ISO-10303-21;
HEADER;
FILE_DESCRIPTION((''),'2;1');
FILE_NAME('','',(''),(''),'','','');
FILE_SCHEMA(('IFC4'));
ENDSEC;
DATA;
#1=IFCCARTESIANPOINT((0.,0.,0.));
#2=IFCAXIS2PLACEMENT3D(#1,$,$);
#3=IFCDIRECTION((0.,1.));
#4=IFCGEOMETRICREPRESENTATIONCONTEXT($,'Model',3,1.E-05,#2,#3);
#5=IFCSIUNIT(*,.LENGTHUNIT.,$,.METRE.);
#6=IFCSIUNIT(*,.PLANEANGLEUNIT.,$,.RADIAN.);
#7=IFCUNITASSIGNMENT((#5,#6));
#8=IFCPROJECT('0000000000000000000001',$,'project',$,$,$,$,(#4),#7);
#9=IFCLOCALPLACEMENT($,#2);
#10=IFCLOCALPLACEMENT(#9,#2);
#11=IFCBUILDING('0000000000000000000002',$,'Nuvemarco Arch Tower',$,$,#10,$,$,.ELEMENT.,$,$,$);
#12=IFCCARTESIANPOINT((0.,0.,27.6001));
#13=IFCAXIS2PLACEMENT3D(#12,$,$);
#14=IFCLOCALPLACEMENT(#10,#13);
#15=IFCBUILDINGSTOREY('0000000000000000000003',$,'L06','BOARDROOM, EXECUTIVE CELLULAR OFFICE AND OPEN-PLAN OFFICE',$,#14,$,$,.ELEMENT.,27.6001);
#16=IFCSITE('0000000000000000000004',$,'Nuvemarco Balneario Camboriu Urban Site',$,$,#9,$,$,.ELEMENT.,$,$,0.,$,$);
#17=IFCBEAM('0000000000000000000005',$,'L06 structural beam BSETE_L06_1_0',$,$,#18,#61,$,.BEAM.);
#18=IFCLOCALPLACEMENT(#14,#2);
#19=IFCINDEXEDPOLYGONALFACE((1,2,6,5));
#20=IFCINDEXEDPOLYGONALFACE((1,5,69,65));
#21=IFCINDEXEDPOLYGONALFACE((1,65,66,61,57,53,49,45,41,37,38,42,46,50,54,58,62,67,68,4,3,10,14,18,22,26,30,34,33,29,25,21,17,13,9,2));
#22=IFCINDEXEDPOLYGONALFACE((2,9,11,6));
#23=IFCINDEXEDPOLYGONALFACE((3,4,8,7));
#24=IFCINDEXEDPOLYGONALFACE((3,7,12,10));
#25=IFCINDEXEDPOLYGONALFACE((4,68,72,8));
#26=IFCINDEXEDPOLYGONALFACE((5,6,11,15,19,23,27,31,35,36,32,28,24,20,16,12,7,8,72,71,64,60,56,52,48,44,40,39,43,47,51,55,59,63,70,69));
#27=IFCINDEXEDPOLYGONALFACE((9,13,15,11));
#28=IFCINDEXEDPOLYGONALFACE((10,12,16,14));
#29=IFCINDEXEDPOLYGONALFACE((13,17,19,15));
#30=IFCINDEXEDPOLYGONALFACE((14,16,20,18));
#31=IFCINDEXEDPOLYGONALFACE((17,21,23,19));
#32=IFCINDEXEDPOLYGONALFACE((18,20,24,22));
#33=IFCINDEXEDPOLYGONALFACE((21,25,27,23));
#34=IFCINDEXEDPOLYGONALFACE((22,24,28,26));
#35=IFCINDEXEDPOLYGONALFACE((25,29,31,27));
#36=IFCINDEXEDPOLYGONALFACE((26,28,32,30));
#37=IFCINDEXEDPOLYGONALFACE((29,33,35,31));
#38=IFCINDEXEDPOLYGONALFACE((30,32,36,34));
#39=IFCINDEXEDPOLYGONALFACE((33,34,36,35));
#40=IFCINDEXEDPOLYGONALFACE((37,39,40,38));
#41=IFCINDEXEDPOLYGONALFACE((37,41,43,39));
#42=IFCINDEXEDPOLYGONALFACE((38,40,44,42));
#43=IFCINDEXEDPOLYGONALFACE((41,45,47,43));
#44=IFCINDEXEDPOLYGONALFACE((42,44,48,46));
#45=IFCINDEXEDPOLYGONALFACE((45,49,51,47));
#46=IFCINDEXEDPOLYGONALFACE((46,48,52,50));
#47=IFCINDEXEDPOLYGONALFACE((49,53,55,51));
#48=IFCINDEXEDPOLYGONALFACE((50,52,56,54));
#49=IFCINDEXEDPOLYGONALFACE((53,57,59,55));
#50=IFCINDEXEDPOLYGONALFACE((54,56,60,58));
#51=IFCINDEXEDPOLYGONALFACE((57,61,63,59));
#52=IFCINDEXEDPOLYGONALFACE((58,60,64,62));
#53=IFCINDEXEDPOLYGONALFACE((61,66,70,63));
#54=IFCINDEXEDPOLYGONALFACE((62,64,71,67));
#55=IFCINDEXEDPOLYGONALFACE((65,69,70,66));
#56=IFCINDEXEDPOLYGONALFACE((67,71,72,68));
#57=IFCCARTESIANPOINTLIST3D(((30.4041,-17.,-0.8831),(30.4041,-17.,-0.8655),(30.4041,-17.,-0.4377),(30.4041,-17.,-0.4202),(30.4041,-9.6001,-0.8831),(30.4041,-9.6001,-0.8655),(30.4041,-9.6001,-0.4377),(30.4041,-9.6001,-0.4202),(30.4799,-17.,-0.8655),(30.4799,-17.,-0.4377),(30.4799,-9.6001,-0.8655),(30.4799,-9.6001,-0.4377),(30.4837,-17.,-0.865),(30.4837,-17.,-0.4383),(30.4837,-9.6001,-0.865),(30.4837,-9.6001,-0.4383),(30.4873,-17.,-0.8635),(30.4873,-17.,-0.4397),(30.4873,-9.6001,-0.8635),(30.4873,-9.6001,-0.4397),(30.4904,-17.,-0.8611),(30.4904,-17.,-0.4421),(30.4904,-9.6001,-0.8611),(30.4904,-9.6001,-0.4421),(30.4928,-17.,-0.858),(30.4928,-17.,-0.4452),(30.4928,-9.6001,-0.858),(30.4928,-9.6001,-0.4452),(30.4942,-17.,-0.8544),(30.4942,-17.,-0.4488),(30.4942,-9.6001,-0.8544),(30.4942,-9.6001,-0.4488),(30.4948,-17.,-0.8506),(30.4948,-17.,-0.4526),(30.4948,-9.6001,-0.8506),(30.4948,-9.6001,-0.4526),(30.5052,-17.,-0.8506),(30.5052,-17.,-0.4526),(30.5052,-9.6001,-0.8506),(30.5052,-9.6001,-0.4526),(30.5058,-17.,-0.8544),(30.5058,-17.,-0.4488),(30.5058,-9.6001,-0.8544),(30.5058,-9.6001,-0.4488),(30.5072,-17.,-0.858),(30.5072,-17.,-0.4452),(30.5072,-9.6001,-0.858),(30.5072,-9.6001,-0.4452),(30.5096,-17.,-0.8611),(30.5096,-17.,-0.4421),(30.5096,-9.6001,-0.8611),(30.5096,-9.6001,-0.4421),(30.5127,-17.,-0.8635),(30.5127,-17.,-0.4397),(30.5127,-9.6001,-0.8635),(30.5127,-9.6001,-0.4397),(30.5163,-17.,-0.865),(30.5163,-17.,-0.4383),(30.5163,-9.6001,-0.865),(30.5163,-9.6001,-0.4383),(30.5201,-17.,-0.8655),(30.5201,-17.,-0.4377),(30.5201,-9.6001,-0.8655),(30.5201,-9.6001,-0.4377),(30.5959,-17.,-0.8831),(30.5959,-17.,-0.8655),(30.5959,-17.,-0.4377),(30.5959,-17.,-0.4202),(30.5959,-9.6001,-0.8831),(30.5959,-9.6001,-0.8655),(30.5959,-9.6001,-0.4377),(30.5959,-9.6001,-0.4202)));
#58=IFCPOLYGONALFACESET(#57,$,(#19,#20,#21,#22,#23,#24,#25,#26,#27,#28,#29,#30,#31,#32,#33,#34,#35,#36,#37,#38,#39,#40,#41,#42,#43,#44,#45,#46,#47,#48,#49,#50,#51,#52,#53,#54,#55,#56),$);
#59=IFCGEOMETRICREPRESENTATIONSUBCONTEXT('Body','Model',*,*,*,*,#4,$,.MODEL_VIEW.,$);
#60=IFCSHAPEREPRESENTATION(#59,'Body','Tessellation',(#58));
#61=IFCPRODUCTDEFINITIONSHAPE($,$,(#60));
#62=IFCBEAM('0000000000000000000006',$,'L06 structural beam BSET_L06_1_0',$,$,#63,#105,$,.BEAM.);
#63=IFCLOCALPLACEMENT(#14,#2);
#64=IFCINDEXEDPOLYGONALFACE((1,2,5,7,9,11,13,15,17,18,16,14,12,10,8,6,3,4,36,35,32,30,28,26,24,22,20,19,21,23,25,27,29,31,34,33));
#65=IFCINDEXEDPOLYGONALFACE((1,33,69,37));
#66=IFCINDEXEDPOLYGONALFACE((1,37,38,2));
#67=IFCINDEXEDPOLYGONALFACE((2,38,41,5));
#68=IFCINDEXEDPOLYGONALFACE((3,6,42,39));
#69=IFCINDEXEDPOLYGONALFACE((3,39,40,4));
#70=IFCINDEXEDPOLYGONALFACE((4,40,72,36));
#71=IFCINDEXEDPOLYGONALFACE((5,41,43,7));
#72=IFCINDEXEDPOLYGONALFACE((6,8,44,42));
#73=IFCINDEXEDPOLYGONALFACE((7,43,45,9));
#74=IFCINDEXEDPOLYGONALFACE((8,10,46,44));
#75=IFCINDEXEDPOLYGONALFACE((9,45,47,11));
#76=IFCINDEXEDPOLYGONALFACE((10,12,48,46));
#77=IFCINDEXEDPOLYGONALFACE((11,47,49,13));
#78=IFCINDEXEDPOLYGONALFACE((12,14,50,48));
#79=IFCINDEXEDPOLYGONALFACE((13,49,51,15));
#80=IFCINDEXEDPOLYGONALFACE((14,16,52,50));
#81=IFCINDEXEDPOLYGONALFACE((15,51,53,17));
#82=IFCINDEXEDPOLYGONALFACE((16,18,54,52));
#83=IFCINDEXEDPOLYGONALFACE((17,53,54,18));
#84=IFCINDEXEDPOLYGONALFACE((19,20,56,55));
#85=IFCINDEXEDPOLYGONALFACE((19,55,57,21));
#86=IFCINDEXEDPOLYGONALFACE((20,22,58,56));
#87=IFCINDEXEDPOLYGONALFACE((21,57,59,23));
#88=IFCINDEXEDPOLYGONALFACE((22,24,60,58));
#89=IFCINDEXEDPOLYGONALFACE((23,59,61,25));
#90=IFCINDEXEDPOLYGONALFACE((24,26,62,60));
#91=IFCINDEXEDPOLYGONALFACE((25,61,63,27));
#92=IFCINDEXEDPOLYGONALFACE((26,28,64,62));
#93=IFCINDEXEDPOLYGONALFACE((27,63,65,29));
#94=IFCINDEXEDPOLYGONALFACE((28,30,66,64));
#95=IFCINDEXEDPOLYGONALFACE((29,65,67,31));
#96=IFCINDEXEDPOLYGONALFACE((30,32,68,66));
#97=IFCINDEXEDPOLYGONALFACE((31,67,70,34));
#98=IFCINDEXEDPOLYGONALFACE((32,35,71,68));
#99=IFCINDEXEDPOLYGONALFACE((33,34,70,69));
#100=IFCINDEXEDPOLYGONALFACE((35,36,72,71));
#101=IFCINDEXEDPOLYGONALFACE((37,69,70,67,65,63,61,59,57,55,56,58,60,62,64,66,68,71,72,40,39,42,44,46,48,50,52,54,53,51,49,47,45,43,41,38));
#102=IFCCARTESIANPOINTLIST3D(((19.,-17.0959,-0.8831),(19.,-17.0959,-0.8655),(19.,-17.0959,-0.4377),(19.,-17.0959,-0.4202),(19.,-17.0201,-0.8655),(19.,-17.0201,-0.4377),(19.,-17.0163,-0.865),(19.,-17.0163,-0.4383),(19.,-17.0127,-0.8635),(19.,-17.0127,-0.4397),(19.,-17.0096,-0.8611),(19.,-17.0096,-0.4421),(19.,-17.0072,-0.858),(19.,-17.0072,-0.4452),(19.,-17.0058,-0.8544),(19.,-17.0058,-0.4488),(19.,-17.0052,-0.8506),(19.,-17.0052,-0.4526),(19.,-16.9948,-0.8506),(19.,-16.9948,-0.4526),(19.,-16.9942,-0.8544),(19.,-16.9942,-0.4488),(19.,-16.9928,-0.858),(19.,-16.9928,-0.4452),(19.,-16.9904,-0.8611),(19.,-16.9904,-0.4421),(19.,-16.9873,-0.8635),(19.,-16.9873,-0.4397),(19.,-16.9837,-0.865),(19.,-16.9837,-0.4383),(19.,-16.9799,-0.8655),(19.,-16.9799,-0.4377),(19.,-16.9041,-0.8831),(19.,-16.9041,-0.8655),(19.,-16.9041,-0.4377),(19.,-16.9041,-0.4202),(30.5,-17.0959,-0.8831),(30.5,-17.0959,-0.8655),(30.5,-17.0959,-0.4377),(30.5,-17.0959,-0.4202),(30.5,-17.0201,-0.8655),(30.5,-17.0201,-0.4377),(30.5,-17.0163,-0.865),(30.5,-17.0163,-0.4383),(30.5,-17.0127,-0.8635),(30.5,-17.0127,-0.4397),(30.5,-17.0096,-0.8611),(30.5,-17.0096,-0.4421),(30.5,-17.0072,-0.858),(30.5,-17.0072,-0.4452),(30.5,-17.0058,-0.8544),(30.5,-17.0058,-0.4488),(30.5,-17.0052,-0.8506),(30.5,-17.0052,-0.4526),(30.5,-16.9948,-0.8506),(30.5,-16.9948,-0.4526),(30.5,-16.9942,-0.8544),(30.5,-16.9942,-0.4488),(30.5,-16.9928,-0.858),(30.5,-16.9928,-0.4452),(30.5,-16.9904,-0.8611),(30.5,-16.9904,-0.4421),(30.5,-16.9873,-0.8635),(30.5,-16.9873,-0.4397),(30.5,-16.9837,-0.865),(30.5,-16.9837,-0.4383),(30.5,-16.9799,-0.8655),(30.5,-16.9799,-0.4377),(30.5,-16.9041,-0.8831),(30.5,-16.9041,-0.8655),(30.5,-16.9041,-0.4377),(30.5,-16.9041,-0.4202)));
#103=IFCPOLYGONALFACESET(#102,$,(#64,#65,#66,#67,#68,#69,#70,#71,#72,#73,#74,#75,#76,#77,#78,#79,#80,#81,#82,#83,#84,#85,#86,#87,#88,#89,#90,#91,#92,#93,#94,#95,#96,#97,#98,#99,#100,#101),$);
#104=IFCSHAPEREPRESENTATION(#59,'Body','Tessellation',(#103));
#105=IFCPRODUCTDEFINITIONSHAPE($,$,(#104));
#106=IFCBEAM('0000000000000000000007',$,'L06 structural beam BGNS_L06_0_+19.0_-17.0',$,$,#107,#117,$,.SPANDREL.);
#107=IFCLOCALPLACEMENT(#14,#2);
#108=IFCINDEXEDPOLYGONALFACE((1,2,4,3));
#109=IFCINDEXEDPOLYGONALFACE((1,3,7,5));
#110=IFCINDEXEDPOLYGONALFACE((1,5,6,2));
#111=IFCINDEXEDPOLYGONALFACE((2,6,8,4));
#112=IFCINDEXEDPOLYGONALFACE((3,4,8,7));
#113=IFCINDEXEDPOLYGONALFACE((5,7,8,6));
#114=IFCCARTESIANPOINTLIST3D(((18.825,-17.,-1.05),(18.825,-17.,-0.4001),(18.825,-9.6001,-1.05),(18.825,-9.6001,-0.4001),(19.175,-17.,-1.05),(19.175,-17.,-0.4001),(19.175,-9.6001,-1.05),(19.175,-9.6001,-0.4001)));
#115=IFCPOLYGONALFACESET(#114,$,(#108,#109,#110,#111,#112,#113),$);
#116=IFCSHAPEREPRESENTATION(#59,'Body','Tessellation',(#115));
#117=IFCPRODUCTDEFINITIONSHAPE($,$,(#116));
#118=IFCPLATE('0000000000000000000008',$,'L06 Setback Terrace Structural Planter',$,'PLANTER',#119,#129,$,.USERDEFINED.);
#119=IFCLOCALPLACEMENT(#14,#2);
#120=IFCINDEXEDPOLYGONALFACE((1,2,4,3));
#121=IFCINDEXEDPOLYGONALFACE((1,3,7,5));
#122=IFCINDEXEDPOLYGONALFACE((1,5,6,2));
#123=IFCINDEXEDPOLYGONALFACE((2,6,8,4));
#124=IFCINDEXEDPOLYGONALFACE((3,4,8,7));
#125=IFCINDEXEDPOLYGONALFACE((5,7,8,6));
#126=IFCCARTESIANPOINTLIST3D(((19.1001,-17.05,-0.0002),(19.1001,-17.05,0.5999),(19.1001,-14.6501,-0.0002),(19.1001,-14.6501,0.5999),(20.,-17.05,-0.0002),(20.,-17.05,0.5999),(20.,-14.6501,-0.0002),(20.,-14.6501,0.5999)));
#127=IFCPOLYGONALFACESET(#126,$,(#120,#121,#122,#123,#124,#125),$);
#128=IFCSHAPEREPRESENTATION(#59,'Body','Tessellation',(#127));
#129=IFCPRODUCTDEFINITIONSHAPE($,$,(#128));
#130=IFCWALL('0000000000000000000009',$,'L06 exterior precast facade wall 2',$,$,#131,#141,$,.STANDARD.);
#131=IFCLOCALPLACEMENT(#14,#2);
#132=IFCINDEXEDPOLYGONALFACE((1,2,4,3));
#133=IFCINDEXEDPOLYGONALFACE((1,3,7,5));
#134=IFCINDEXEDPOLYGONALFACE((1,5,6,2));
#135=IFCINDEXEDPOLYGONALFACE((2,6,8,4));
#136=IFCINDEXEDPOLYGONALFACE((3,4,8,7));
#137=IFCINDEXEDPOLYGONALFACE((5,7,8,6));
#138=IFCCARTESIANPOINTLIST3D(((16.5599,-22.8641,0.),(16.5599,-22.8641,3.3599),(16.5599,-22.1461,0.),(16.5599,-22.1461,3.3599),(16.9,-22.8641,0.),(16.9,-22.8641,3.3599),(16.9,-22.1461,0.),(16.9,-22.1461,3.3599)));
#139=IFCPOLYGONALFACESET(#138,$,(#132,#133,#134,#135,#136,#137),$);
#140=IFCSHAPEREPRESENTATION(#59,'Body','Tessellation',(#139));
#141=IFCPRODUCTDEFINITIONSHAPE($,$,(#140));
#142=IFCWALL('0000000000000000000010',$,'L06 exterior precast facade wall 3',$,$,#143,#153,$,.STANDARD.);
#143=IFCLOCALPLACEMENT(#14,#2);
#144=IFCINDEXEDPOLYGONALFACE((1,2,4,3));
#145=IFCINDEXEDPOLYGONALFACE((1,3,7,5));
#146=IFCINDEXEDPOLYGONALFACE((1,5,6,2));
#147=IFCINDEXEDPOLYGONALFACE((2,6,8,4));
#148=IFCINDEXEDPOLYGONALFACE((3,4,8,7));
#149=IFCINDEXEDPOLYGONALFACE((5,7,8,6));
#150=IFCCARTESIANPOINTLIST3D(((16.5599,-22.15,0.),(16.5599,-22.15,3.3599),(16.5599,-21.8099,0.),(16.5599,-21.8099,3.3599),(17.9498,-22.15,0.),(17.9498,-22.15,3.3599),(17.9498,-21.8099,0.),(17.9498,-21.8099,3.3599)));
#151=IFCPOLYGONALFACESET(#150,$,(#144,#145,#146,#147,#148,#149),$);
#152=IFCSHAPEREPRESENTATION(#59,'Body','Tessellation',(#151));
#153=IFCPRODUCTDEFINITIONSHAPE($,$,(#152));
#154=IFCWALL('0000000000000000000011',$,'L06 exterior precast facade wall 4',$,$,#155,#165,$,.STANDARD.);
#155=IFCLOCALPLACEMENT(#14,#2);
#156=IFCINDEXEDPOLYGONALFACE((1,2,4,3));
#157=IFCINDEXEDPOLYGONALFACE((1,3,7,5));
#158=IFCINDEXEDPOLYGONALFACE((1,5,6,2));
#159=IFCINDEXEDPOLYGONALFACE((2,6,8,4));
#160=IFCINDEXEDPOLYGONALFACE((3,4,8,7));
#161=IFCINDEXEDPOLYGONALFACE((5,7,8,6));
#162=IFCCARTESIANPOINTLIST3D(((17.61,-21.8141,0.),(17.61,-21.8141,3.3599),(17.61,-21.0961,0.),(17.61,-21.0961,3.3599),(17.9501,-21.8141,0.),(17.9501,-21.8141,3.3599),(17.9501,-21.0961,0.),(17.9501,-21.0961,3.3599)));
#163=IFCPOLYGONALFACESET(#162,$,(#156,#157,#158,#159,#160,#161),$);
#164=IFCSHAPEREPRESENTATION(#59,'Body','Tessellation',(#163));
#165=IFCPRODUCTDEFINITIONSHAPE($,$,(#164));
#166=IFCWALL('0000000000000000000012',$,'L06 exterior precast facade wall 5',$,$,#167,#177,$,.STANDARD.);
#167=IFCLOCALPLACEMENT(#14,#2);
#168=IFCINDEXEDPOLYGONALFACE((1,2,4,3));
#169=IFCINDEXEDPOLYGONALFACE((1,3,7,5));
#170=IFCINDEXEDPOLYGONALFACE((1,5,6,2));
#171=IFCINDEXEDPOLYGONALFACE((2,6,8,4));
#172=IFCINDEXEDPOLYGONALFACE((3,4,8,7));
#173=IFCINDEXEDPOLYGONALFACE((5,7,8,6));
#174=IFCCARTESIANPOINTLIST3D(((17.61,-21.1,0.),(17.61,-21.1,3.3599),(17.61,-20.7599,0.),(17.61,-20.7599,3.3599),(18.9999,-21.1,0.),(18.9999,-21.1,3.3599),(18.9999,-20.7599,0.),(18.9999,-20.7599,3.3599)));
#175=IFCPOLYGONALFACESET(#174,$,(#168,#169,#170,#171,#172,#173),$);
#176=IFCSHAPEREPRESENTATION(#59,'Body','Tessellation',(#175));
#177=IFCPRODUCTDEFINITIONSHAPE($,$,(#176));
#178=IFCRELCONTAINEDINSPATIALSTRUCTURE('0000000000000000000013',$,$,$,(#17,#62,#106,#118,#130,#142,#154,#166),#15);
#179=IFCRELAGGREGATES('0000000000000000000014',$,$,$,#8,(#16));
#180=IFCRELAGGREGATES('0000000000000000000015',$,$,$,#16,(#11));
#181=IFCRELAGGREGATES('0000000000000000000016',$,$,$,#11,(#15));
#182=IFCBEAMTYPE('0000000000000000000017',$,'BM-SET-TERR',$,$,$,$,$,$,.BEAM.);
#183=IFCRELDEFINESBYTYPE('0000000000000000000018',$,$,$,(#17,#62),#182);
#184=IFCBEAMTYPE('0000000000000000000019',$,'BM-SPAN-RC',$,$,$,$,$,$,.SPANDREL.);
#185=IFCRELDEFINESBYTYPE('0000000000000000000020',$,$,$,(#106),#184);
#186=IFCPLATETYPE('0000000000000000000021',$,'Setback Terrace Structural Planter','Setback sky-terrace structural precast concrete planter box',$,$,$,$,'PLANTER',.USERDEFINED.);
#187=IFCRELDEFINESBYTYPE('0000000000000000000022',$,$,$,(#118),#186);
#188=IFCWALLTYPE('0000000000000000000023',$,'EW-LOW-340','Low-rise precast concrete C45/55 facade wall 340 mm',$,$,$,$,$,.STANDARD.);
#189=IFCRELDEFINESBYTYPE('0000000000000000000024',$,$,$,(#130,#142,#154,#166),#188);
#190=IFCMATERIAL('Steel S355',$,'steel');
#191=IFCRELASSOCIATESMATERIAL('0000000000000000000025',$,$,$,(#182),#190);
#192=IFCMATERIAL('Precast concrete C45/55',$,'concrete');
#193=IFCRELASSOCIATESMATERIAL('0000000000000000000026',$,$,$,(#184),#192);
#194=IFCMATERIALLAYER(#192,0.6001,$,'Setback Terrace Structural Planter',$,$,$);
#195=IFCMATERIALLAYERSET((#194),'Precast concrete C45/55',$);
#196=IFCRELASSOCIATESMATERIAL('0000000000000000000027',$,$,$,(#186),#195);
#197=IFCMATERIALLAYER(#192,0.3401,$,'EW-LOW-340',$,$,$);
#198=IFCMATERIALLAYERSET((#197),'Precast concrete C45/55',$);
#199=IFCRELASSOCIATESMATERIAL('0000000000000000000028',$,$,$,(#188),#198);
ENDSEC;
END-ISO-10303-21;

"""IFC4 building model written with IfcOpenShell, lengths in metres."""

from ifc_helpers import new_model, si_unit, direction, frame, frame_2d, origin, origin_2d, place, context, subcontext, project, spatial, rectangle, i_section, extrude, source, transform, mapped, material, layer, layer_set, material_profile, profile_set, type_object, type_shapes, element, save


model = new_model("IFC4")

# Units and contexts
model_context = context("Model", 3, precision=1e-05, world=origin(), true_north=direction((0.0, 1.0)))
body_context = subcontext(model_context, "Body", "Model", "MODEL_VIEW")
ifc_project = project(units=[si_unit("LENGTHUNIT", "METRE"), si_unit("PLANEANGLEUNIT", "RADIAN")], contexts=[model_context])

# Site, building, storey
site_placement = place(None, origin())
site = spatial("IfcSite", under=ifc_project, at=site_placement, Name="Nuvemarco Balneario Camboriu Urban Site", CompositionType="ELEMENT", RefElevation=0.0)
building_placement = place(site_placement, origin())
building = spatial("IfcBuilding", under=site, at=building_placement, Name="Nuvemarco Arch Tower", CompositionType="ELEMENT")
storey_placement = place(building_placement, frame((0.0, 0.0, 27.6001)))
storey = spatial("IfcBuildingStorey", under=building, at=storey_placement, Name="L06", Description="BOARDROOM, EXECUTIVE CELLULAR OFFICE AND OPEN-PLAN OFFICE", CompositionType="ELEMENT", Elevation=27.6001)

# Shared definitions
ifc_material_1 = material(Name="Steel S355", Category="steel")

# Beams
ifc_material_profile_1 = material_profile(ifc_material_1, i_section(OverallWidth=0.1919, OverallDepth=0.4629, WebThickness=0.0105, FlangeThickness=0.0176, FilletRadius=0.0149, at=origin_2d()), Name="W460x89")
ifc_profile_set_1 = profile_set([ifc_material_profile_1], Name="Steel S355")
beam_type_1 = type_object("IfcBeamType", Name="BM-SET-TERR", PredefinedType="BEAM", material=ifc_profile_set_1)
beam_1_placement = place(storey_placement, frame((30.5, -17.0, -0.6516), z_axis=(0.0, 1.0, 0.0), x_axis=(-1.0, 0.0, 0.0)))
element("IfcBeam", 1, at=beam_1_placement, inside=storey, type_object=beam_type_1, Name="L06 structural beam BSETE_L06_1_0", PredefinedType="BEAM", context=body_context, shape_type="SweptSolid", body=[
    extrude(i_section(OverallWidth=0.1919, OverallDepth=0.4629, WebThickness=0.0105, FlangeThickness=0.0176, FilletRadius=0.0149, at=origin_2d()), origin(), (0.0, 0.0, 1.0), 7.3999),
])
beam_2_placement = place(storey_placement, frame((19.0, -17.0, -0.6516), z_axis=(1.0, 0.0, 0.0), x_axis=(0.0, 1.0, 0.0)))
element("IfcBeam", 2, at=beam_2_placement, inside=storey, type_object=beam_type_1, Name="L06 structural beam BSET_L06_1_0", PredefinedType="BEAM", context=body_context, shape_type="SweptSolid", body=[
    extrude(i_section(OverallWidth=0.1919, OverallDepth=0.4629, WebThickness=0.0105, FlangeThickness=0.0176, FilletRadius=0.0149, at=origin_2d()), origin(), (0.0, 0.0, 1.0), 11.5),
])
ifc_material_2 = material(Name="Precast concrete C45/55", Category="concrete")
ifc_material_profile_2 = material_profile(ifc_material_2, rectangle(XDim=0.3501, YDim=0.6499, at=origin_2d()), Name="PC-SP-350x650")
ifc_profile_set_2 = profile_set([ifc_material_profile_2], Name="Precast concrete C45/55")
beam_type_2 = type_object("IfcBeamType", Name="BM-SPAN-RC", PredefinedType="SPANDREL", material=ifc_profile_set_2)
beam_3_placement = place(storey_placement, frame((19.0, -17.0, -0.7251), z_axis=(0.0, 1.0, 0.0), x_axis=(-1.0, 0.0, 0.0)))
element("IfcBeam", 3, at=beam_3_placement, inside=storey, type_object=beam_type_2, Name="L06 structural beam BGNS_L06_0_+19.0_-17.0", PredefinedType="SPANDREL", context=body_context, shape_type="SweptSolid", body=[
    extrude(rectangle(XDim=0.3501, YDim=0.6499, at=origin_2d()), origin(), (0.0, 0.0, 1.0), 7.3999),
])

# Plate
ifc_layer_1 = layer(ifc_material_2, 0.6001, Name="Setback Terrace Structural Planter")
ifc_layer_set_1 = layer_set([ifc_layer_1], Name="Precast concrete C45/55")
plate_type = type_object("IfcPlateType", Name="Setback Terrace Structural Planter", Description="Setback sky-terrace structural precast concrete planter box", ElementType="PLANTER", PredefinedType="USERDEFINED", material=ifc_layer_set_1)
shared_shape_1 = source(origin(), body_context, "Body", "SweptSolid", [
    extrude(rectangle(XDim=2.3999, YDim=0.8999, at=origin_2d()), origin(), (0.0, 0.0, 1.0), 0.6001),
])
type_shapes(plate_type, [shared_shape_1])
plate_placement = place(storey_placement, frame((19.55, -15.8501, -0.0002), z_axis=(0.0, 0.0, 1.0), x_axis=(0.0, 1.0, 0.0)))
element("IfcPlate", 4, at=plate_placement, inside=storey, type_object=plate_type, Name="L06 Setback Terrace Structural Planter", ObjectType="PLANTER", PredefinedType="USERDEFINED", context=body_context, shape_type="MappedRepresentation", body=[
    mapped(shared_shape_1, transform((0.0, 0.0, 0.0), scale=1.0)),
])

# Walls
ifc_layer_2 = layer(ifc_material_2, 0.3401, Name="EW-LOW-340")
ifc_layer_set_2 = layer_set([ifc_layer_2], Name="Precast concrete C45/55")
wall_type_1 = type_object("IfcWallType", Name="EW-LOW-340", Description="Low-rise precast concrete C45/55 facade wall 340 mm", PredefinedType="STANDARD", material=ifc_layer_set_2)
wall_1_placement = place(storey_placement, frame((16.73, -22.864, 0.0), z_axis=(0.0, 0.0, 1.0), x_axis=(0.0, 1.0, 0.0)))
element("IfcWall", 5, at=wall_1_placement, inside=storey, type_object=wall_type_1, Name="L06 exterior precast facade wall 2", PredefinedType="STANDARD", context=body_context, shape_type="SweptSolid", body=[
    extrude(rectangle(XDim=0.718, YDim=0.3401, at=frame_2d((0.3589, 0.0))), origin(), (0.0, 0.0, 1.0), 3.3599),
])
wall_2_placement = place(storey_placement, frame((16.5601, -21.98, 0.0), z_axis=(0.0, 0.0, 1.0), x_axis=(1.0, 0.0, 0.0)))
element("IfcWall", 6, at=wall_2_placement, inside=storey, type_object=wall_type_1, Name="L06 exterior precast facade wall 3", PredefinedType="STANDARD", context=body_context, shape_type="SweptSolid", body=[
    extrude(rectangle(XDim=1.3899, YDim=0.3401, at=frame_2d((0.6948, 0.0))), origin(), (0.0, 0.0, 1.0), 3.3599),
])
wall_3_placement = place(storey_placement, frame((17.78, -21.814, 0.0), z_axis=(0.0, 0.0, 1.0), x_axis=(0.0, 1.0, 0.0)))
element("IfcWall", 7, at=wall_3_placement, inside=storey, type_object=wall_type_1, Name="L06 exterior precast facade wall 4", PredefinedType="STANDARD", context=body_context, shape_type="SweptSolid", body=[
    extrude(rectangle(XDim=0.718, YDim=0.3401, at=frame_2d((0.3589, 0.0))), origin(), (0.0, 0.0, 1.0), 3.3599),
])
wall_4_placement = place(storey_placement, frame((17.6101, -20.9299, 0.0), z_axis=(0.0, 0.0, 1.0), x_axis=(1.0, 0.0, 0.0)))
element("IfcWall", 8, at=wall_4_placement, inside=storey, type_object=wall_type_1, Name="L06 exterior precast facade wall 5", PredefinedType="STANDARD", context=body_context, shape_type="SweptSolid", body=[
    extrude(rectangle(XDim=1.3899, YDim=0.3401, at=frame_2d((0.6948, 0.0))), origin(), (0.0, 0.0, 1.0), 3.3599),
])

save(model, "model.ifc")
